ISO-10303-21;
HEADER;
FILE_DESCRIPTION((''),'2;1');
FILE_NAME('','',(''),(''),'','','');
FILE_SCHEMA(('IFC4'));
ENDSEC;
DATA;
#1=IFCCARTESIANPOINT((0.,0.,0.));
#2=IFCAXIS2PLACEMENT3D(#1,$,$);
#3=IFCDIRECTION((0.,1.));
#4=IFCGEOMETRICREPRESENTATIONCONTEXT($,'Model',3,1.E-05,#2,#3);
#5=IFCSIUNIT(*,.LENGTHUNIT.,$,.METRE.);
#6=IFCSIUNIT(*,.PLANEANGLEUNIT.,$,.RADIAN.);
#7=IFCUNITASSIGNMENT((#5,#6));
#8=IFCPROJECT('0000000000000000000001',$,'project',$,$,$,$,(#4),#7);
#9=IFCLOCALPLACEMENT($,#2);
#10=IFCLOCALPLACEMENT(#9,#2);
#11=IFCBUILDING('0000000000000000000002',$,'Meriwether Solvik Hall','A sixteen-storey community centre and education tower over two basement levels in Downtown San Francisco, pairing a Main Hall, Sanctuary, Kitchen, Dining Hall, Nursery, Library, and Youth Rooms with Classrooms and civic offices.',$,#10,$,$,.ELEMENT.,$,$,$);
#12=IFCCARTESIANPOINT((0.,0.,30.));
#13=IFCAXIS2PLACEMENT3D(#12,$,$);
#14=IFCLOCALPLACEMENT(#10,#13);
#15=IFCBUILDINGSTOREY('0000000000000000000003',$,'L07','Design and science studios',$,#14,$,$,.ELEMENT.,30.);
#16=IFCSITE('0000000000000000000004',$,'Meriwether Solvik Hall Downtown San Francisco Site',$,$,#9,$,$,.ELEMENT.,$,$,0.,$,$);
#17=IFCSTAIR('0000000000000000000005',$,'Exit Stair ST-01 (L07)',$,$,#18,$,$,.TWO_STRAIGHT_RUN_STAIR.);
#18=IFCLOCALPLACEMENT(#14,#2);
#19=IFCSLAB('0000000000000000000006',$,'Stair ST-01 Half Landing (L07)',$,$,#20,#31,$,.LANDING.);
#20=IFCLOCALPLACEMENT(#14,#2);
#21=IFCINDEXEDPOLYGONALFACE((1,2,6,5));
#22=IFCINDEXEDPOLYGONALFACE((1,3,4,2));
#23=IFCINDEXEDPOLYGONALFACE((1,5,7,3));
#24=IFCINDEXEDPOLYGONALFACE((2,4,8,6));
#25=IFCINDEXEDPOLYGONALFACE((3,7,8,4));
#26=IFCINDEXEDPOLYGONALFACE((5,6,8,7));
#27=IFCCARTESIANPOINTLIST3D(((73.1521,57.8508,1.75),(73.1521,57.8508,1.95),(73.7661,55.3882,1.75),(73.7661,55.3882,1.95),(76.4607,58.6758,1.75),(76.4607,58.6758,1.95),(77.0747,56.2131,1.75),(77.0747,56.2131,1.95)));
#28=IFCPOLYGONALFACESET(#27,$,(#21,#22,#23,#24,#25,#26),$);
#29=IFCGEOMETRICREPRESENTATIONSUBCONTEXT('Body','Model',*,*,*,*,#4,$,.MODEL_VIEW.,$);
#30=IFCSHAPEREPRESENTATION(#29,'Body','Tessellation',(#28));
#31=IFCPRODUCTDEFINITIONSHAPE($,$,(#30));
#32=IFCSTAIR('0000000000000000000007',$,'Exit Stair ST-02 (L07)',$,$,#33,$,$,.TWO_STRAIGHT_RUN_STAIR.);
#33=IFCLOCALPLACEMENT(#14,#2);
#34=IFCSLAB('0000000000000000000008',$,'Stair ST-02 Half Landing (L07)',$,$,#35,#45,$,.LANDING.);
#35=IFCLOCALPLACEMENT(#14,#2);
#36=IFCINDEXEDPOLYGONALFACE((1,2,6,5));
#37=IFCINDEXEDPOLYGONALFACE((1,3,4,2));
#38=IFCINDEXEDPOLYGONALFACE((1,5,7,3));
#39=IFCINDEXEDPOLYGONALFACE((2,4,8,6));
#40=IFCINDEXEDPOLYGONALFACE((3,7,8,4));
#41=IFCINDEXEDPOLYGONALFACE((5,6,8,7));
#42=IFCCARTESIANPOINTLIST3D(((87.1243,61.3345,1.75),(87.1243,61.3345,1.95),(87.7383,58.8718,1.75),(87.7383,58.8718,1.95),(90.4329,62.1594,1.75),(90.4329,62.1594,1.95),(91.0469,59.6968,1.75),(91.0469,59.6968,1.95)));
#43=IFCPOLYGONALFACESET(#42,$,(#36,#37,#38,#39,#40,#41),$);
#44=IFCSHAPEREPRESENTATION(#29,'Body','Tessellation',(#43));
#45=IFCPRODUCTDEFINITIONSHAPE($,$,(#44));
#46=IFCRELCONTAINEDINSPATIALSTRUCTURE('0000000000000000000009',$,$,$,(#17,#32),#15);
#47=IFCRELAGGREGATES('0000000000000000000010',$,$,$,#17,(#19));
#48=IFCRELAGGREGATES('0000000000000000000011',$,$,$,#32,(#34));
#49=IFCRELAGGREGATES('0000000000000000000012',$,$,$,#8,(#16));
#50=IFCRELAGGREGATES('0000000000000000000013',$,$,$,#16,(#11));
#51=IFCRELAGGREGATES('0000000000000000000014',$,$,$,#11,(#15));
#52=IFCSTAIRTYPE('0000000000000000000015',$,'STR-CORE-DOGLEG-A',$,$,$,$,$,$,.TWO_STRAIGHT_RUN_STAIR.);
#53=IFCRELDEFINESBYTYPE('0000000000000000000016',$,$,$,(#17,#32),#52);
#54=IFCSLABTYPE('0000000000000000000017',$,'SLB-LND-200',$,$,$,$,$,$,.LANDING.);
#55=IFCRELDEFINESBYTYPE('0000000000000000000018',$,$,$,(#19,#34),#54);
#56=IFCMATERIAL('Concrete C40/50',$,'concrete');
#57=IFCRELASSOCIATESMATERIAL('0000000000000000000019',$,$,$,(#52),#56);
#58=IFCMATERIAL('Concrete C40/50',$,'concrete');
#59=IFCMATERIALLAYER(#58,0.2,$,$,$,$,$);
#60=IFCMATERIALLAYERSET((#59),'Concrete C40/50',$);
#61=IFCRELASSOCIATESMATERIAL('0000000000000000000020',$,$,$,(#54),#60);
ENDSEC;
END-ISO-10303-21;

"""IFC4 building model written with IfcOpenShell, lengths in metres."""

from ifc_helpers import new_model, si_unit, direction, frame, origin, place, context, subcontext, project, spatial, polyline, outline, extrude, material, layer, layer_set, type_object, element, aggregate, save


model = new_model("IFC4")

# Units and contexts
model_context = context("Model", 3, precision=1e-05, world=origin(), true_north=direction((0.0, 1.0)))
body_context = subcontext(model_context, "Body", "Model", "MODEL_VIEW")
ifc_project = project(units=[si_unit("LENGTHUNIT", "METRE"), si_unit("PLANEANGLEUNIT", "RADIAN")], contexts=[model_context])

# Site, building, storey
site_placement = place(None, origin())
site = spatial("IfcSite", under=ifc_project, at=site_placement, Name="Meriwether Solvik Hall Downtown San Francisco Site", CompositionType="ELEMENT", RefElevation=0.0)
building_placement = place(site_placement, origin())
building = spatial("IfcBuilding", under=site, at=building_placement, Name="Meriwether Solvik Hall", Description="A sixteen-storey community centre and education tower over two basement levels in Downtown San Francisco, pairing a Main Hall, Sanctuary, Kitchen, Dining Hall, Nursery, Library, and Youth Rooms with Classrooms and civic offices.", CompositionType="ELEMENT")
storey_placement = place(building_placement, frame((0.0, 0.0, 30.0)))
storey = spatial("IfcBuildingStorey", under=building, at=storey_placement, Name="L07", Description="Design and science studios", CompositionType="ELEMENT", Elevation=30.0)

# Stairs, slabs
ifc_material_1 = material(Name="Concrete C40/50", Category="concrete")
stair_type = type_object("IfcStairType", Name="STR-CORE-DOGLEG-A", PredefinedType="TWO_STRAIGHT_RUN_STAIR", material=ifc_material_1)
stair_1_placement = place(storey_placement, origin())
stair_1 = element("IfcStair", 1, at=stair_1_placement, inside=storey, type_object=stair_type, Name="Exit Stair ST-01 (L07)", PredefinedType="TWO_STRAIGHT_RUN_STAIR")
ifc_material_2 = material(Name="Concrete C40/50", Category="concrete")
ifc_layer_1 = layer(ifc_material_2, 0.2)
ifc_layer_set_1 = layer_set([ifc_layer_1], Name="Concrete C40/50")
slab_type_1 = type_object("IfcSlabType", Name="SLB-LND-200", PredefinedType="LANDING", material=ifc_layer_set_1)
slab_1_placement = place(storey_placement, frame((0.0, 0.0, 1.75)))
slab_1 = element("IfcSlab", 2, at=slab_1_placement, type_object=slab_type_1, Name="Stair ST-01 Half Landing (L07)", PredefinedType="LANDING", context=body_context, shape_type="SweptSolid", body=[
    extrude(outline(polyline([(73.7661, 55.3882), (77.0747, 56.2131), (76.4607, 58.6758), (73.1521, 57.8508), (73.7661, 55.3882)])), origin(), (0.0, 0.0, 1.0), 0.2),
])
aggregate(stair_1, [slab_1])
stair_2_placement = place(storey_placement, origin())
stair_2 = element("IfcStair", 3, at=stair_2_placement, inside=storey, type_object=stair_type, Name="Exit Stair ST-02 (L07)", PredefinedType="TWO_STRAIGHT_RUN_STAIR")
slab_2_placement = place(storey_placement, frame((0.0, 0.0, 1.75)))
slab_2 = element("IfcSlab", 4, at=slab_2_placement, type_object=slab_type_1, Name="Stair ST-02 Half Landing (L07)", PredefinedType="LANDING", context=body_context, shape_type="SweptSolid", body=[
    extrude(outline(polyline([(87.7383, 58.8718), (91.0469, 59.6968), (90.4329, 62.1594), (87.1243, 61.3345), (87.7383, 58.8718)])), origin(), (0.0, 0.0, 1.0), 0.2),
])
aggregate(stair_2, [slab_2])

save(model, "model.ifc")
